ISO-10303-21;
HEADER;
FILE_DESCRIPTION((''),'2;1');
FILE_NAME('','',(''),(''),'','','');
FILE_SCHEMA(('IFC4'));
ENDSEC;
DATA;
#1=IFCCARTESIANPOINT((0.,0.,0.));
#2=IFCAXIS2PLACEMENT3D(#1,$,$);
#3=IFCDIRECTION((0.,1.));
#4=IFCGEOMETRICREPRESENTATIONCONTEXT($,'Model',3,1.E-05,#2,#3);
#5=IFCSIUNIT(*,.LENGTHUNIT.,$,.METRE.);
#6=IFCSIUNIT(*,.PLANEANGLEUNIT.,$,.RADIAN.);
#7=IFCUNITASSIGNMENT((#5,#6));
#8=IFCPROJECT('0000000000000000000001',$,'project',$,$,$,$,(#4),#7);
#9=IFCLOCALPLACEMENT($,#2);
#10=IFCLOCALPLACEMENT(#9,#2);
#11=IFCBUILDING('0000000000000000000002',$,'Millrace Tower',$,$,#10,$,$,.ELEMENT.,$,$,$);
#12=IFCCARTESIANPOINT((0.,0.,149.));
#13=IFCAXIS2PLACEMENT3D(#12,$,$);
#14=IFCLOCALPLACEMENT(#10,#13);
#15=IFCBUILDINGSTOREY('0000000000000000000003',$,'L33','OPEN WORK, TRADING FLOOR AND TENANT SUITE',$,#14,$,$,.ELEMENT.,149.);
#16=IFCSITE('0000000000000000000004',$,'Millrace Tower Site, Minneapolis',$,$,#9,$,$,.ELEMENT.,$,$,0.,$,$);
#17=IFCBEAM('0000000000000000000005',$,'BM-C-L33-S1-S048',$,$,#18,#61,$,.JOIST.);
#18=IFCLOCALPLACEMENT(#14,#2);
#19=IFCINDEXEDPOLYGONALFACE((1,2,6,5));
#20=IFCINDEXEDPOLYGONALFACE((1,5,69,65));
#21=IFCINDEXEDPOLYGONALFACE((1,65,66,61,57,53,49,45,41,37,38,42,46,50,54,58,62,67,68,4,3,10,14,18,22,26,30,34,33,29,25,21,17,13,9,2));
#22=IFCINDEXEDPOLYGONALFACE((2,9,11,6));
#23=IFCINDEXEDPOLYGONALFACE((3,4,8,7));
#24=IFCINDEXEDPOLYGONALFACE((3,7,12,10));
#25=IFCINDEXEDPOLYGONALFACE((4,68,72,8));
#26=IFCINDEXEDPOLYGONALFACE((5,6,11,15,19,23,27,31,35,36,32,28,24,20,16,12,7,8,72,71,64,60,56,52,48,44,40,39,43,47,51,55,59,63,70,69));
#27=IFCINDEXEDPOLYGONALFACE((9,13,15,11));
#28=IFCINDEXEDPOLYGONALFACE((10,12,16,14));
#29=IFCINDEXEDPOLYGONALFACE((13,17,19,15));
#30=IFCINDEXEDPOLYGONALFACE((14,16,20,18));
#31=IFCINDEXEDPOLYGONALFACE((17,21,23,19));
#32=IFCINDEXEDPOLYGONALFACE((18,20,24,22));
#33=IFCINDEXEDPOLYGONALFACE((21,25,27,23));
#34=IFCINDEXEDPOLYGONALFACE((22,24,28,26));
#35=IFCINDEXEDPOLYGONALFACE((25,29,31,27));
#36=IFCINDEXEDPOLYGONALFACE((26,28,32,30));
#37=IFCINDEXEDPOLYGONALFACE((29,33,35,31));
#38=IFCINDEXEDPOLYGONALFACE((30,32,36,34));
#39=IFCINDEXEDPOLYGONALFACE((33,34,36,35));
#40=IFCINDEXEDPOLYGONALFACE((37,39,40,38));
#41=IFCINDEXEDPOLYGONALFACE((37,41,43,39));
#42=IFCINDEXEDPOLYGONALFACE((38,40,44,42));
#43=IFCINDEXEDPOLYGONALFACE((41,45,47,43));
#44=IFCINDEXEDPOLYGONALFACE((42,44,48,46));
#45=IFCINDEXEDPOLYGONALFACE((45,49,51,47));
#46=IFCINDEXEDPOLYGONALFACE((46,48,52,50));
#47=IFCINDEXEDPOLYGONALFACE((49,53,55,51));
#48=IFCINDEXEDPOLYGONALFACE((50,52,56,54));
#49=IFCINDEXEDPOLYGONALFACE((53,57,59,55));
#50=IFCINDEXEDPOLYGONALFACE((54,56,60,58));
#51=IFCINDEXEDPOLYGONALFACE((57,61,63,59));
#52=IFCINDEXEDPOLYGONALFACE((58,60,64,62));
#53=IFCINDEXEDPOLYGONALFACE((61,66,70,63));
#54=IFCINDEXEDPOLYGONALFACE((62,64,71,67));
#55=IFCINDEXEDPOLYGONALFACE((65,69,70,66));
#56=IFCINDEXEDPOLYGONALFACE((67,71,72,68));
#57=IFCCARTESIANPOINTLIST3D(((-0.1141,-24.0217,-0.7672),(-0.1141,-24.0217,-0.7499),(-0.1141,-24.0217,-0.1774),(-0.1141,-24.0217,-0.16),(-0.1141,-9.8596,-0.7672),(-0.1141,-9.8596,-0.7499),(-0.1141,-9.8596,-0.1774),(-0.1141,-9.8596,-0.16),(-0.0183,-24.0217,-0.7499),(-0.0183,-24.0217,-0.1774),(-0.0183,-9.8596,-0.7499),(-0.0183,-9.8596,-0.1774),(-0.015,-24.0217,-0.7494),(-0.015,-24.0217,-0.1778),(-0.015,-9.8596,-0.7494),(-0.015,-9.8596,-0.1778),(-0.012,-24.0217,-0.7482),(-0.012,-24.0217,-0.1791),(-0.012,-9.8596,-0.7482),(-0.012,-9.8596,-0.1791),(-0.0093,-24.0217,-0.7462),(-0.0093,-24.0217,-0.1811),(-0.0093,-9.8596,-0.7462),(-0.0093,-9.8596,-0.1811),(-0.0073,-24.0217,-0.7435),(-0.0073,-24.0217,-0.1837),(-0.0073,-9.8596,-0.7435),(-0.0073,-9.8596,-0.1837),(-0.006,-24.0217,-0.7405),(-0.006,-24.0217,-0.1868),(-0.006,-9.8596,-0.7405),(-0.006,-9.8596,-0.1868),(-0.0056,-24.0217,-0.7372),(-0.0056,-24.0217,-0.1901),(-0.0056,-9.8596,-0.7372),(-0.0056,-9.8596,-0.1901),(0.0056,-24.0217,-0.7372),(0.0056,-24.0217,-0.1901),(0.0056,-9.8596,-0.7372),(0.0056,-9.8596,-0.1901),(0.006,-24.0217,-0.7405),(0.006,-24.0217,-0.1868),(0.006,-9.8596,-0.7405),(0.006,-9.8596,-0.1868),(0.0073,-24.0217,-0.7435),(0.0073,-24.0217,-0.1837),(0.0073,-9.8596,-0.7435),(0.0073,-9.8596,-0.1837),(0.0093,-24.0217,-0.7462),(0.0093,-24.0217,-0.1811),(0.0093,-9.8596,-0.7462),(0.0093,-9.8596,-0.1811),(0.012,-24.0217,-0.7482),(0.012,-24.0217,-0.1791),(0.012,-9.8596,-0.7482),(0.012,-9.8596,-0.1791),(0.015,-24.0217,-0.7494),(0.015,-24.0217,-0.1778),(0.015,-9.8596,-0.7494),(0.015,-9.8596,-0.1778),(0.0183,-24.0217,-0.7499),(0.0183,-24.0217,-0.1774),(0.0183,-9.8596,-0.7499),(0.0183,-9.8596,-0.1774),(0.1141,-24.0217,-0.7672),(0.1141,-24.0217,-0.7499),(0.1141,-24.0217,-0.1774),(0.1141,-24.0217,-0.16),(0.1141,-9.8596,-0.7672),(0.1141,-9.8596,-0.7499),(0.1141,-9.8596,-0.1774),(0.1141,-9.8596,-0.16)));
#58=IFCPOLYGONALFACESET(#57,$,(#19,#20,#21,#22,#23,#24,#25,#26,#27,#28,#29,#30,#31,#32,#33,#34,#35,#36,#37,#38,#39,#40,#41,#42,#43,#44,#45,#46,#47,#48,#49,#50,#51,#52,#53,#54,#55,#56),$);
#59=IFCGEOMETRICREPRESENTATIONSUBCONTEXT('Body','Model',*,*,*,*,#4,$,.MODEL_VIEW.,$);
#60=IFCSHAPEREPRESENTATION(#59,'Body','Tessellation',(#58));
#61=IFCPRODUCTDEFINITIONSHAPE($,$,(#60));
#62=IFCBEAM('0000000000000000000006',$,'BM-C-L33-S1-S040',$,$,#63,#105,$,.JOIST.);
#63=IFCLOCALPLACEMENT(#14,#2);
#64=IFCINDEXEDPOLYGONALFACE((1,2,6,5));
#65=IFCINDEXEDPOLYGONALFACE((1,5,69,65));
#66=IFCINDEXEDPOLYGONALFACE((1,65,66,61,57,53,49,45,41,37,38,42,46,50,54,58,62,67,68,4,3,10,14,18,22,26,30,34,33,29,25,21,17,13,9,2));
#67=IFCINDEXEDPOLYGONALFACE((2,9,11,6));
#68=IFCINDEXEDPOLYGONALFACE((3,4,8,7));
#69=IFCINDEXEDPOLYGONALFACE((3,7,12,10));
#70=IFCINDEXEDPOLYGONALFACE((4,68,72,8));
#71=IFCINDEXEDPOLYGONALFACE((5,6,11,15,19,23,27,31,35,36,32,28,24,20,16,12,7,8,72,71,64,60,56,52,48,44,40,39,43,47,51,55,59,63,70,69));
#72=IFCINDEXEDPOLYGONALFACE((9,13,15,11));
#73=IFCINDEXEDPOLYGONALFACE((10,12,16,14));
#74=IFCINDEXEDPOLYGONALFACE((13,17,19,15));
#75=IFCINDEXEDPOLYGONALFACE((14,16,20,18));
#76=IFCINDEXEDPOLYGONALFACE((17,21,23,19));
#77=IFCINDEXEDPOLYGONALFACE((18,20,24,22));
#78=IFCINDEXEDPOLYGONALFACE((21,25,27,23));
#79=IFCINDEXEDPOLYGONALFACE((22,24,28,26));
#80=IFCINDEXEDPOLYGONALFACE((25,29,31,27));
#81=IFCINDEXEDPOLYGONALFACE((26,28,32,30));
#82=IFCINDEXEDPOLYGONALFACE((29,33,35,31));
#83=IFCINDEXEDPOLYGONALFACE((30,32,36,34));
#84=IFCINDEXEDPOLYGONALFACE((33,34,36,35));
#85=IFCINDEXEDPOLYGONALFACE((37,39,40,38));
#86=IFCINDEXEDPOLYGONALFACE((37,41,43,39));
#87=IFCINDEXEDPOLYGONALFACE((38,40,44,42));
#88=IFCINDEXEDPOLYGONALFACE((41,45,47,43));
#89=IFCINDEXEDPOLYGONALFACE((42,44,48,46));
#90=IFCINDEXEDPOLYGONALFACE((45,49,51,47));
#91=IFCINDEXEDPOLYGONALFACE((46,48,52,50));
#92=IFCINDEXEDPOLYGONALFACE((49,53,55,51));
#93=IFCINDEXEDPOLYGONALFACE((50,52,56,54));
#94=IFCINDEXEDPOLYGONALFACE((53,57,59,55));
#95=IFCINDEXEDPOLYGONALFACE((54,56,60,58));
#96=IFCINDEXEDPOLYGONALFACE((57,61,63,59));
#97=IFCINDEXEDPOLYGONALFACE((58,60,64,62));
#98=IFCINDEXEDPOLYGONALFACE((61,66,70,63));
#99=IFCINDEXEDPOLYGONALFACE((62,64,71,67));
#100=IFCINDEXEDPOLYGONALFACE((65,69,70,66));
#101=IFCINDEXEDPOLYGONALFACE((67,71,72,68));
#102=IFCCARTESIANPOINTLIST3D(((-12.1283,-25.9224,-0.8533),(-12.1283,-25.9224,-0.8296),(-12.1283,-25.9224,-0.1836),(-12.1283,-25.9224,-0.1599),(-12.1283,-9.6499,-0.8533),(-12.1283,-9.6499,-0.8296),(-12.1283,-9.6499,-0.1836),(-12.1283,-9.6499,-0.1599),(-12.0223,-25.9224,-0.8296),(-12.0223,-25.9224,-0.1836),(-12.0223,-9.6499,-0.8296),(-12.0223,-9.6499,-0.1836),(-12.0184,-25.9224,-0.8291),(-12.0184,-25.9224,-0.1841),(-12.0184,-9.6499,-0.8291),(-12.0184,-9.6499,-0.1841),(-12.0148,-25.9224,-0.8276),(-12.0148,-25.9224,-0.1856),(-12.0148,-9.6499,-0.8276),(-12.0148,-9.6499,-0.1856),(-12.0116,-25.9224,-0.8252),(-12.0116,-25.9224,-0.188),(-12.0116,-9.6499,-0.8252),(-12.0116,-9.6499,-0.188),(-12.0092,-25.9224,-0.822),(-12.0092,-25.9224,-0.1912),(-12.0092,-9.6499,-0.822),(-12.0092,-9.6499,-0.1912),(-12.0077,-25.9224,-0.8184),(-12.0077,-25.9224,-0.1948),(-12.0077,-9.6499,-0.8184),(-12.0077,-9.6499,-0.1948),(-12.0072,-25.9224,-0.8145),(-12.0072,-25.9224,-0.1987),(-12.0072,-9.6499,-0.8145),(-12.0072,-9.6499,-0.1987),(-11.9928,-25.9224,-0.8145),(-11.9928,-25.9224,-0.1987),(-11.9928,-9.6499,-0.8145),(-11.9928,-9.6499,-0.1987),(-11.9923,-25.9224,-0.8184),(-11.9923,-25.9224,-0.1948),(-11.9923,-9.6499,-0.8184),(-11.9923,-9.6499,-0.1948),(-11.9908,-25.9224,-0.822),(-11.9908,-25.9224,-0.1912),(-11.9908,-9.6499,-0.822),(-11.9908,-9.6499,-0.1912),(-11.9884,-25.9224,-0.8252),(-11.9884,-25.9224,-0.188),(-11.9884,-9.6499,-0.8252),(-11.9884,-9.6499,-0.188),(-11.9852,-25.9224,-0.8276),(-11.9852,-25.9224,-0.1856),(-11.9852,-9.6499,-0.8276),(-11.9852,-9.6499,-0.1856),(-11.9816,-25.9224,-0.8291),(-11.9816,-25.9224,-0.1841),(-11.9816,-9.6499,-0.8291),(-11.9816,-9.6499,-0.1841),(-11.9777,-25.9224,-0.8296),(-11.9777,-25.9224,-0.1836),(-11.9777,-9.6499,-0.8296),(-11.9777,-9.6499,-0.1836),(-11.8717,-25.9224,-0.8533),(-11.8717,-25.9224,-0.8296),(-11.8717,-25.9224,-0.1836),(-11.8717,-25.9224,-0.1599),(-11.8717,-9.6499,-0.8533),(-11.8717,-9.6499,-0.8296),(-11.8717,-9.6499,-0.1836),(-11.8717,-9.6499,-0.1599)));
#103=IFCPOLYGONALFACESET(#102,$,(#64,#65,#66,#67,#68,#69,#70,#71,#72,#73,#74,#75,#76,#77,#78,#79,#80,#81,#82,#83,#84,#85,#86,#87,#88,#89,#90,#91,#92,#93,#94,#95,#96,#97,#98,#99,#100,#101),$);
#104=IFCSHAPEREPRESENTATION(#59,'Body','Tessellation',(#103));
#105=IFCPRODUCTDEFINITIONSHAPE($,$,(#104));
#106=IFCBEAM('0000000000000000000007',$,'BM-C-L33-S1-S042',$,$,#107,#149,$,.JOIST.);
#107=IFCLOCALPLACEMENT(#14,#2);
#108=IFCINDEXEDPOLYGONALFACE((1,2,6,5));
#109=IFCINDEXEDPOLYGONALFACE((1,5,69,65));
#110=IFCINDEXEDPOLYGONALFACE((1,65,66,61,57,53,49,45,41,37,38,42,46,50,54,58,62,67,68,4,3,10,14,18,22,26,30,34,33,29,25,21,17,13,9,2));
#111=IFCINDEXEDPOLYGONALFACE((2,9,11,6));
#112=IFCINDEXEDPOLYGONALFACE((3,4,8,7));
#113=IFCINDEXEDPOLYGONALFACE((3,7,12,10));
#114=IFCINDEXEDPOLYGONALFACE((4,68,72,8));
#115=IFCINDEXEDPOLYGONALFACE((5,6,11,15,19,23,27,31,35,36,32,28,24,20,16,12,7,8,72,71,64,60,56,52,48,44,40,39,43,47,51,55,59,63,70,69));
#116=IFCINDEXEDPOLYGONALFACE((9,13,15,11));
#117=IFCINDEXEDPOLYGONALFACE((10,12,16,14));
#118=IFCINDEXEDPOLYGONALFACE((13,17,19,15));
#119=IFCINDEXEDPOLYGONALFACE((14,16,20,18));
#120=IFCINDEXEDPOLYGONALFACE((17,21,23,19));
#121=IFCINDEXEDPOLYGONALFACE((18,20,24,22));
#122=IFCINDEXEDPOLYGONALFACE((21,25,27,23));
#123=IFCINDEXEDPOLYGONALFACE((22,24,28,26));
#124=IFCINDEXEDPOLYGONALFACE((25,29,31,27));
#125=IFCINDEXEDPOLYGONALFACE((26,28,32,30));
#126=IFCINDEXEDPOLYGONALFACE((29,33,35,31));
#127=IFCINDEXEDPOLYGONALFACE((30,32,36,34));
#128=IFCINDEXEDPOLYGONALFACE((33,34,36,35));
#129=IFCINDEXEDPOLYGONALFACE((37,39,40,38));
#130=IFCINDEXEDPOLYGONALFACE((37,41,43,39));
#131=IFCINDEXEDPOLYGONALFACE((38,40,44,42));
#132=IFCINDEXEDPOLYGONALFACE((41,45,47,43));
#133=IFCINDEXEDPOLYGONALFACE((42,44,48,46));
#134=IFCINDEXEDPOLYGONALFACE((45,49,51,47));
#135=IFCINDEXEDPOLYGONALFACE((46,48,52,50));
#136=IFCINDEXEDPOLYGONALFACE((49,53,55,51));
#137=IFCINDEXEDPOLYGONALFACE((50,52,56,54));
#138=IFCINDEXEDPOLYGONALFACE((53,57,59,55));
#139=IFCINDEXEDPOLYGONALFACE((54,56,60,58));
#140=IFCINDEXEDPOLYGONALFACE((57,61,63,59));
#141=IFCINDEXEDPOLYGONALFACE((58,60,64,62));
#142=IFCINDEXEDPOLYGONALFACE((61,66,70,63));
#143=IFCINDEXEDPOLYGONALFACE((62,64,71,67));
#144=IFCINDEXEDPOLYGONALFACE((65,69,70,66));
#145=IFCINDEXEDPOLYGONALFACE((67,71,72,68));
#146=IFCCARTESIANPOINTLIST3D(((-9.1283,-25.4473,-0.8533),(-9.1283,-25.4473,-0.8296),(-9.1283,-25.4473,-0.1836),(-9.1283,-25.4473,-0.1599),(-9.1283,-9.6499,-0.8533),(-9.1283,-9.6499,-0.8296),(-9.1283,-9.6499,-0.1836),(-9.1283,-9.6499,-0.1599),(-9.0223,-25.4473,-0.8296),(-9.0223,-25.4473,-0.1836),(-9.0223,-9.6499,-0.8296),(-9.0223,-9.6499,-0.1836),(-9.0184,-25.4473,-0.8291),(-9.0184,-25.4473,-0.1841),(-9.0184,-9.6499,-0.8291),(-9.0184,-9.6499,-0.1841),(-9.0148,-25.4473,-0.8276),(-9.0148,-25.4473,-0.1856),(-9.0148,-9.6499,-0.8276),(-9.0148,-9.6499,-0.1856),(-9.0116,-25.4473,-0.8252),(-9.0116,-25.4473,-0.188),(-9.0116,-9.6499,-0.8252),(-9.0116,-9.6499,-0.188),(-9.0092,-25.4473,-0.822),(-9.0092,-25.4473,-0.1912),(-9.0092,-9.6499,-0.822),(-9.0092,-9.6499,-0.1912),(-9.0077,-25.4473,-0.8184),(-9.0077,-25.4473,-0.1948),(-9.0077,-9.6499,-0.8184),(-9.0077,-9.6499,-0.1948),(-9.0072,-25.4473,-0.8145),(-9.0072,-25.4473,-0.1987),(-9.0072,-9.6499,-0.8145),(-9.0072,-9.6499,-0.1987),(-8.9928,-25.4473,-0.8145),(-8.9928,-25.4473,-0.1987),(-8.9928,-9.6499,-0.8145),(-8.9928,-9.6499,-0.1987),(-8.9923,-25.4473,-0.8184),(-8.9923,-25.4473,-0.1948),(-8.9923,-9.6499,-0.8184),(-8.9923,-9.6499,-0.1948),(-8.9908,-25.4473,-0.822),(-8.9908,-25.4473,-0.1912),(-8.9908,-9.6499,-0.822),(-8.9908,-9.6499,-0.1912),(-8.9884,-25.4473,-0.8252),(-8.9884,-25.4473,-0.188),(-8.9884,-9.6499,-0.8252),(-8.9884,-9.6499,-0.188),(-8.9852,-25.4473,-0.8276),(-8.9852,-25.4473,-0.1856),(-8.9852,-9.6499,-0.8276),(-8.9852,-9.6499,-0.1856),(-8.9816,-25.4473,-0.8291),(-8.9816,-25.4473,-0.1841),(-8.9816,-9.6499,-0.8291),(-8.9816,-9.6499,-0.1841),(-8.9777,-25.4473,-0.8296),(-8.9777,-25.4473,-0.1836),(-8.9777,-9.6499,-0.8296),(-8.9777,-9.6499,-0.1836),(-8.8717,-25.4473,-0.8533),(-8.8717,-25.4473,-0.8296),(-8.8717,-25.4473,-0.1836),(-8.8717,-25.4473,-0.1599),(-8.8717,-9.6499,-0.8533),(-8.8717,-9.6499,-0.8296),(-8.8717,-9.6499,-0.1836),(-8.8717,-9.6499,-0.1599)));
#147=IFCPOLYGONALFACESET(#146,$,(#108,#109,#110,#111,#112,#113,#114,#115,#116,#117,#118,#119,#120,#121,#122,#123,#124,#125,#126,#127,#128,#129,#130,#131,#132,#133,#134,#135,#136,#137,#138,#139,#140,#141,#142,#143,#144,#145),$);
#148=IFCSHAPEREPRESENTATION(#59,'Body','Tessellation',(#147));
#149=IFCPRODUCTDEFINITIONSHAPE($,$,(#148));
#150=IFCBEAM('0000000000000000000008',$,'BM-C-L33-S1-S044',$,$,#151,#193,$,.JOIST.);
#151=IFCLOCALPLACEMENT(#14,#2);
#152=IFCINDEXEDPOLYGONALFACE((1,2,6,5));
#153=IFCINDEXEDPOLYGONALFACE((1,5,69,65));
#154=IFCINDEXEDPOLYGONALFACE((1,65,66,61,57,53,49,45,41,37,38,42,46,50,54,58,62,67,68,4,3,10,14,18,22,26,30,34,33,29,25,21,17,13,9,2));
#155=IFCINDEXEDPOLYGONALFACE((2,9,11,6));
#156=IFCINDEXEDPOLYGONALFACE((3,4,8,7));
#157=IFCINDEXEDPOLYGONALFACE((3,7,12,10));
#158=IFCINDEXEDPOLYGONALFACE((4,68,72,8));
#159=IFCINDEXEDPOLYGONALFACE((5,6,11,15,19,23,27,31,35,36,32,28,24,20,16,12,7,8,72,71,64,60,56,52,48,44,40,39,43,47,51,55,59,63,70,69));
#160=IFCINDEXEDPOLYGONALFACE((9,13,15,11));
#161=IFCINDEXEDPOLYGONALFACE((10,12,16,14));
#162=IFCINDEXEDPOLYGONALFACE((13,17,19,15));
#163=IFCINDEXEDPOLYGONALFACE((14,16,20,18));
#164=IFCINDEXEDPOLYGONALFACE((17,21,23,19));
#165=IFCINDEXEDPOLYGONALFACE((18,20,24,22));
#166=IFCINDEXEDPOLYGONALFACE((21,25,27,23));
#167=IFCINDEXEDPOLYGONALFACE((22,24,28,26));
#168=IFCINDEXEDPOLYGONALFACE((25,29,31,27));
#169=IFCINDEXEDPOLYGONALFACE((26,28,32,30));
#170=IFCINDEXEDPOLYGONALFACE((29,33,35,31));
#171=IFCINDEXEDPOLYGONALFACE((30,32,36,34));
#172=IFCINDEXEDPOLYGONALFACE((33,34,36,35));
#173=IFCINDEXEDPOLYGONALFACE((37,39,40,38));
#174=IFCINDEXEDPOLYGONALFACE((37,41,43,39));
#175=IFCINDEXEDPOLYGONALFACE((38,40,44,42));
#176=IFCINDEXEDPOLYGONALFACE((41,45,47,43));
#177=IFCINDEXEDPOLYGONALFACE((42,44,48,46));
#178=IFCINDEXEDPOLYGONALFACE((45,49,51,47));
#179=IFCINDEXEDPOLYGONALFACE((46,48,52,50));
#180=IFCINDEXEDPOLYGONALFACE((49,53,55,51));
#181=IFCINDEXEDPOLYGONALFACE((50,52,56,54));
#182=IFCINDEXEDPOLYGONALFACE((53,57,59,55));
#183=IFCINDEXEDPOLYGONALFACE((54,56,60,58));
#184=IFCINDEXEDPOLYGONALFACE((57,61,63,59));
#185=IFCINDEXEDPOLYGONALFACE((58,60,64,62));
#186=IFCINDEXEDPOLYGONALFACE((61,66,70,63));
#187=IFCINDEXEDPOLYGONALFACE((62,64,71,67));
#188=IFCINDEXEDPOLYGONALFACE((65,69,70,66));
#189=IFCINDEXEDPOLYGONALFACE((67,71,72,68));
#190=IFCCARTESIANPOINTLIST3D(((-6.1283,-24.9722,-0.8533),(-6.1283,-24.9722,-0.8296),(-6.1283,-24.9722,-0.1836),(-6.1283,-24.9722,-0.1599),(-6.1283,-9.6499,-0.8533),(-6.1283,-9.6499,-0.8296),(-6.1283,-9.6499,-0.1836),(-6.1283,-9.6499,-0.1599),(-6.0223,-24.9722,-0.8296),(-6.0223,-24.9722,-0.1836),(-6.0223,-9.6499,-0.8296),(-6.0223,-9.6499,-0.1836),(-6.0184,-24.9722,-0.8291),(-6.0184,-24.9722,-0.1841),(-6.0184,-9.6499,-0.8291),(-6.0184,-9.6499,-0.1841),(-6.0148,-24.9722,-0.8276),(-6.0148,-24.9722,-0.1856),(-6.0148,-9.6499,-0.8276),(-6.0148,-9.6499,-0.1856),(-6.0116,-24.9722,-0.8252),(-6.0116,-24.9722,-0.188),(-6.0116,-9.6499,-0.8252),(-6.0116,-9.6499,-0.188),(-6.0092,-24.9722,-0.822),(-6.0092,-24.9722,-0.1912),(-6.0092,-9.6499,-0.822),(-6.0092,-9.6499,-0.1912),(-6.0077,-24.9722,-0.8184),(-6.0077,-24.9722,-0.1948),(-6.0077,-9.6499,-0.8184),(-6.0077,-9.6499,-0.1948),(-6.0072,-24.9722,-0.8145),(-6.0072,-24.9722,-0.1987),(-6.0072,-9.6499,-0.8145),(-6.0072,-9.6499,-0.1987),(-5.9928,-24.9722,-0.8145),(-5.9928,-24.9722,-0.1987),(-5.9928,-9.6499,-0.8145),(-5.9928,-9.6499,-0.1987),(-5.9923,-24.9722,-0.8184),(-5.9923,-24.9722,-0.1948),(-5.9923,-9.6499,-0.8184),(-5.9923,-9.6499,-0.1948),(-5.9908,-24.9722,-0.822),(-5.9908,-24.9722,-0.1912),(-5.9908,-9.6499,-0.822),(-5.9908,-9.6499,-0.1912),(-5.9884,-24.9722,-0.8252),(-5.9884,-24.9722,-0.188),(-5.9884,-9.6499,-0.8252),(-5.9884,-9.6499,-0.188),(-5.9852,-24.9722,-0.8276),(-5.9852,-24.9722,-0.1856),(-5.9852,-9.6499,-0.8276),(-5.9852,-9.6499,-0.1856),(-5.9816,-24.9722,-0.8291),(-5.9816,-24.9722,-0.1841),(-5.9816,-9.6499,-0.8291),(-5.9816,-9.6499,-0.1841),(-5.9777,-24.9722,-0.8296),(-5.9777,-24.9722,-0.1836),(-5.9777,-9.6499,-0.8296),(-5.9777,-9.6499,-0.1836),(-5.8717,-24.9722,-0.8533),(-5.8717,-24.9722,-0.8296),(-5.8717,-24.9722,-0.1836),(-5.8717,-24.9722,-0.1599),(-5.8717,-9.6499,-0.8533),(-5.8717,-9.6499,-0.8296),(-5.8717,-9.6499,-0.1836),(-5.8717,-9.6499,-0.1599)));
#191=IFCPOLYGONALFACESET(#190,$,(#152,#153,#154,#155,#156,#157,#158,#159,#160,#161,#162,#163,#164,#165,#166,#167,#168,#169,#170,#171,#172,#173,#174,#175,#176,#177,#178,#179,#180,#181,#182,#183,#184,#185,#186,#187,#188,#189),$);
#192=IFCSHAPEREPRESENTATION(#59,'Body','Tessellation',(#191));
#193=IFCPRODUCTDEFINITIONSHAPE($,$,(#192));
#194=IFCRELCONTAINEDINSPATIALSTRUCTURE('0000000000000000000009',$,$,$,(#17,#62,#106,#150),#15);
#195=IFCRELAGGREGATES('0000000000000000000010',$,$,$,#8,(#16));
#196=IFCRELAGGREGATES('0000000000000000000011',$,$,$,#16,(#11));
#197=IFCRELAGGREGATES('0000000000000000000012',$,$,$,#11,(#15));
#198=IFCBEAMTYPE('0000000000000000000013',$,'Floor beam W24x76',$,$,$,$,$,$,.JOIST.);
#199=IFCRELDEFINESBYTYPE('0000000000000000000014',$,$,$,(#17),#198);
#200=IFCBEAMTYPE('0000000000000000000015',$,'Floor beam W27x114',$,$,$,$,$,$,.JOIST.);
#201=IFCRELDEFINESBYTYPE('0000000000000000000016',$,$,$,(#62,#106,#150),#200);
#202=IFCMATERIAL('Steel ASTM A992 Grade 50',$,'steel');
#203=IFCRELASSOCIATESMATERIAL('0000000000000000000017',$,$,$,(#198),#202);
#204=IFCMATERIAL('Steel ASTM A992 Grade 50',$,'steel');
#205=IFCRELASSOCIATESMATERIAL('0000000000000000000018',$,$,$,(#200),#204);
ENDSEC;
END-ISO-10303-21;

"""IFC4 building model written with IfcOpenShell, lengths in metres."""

from ifc_helpers import new_model, si_unit, direction, frame, origin, origin_2d, place, context, subcontext, project, spatial, i_section, extrude, material, material_profile, profile_set, type_object, element, save


model = new_model("IFC4")

# Units and contexts
model_context = context("Model", 3, precision=1e-05, world=origin(), true_north=direction((0.0, 1.0)))
body_context = subcontext(model_context, "Body", "Model", "MODEL_VIEW")
ifc_project = project(units=[si_unit("LENGTHUNIT", "METRE"), si_unit("PLANEANGLEUNIT", "RADIAN")], contexts=[model_context])

# Site, building, storey
site_placement = place(None, origin())
site = spatial("IfcSite", under=ifc_project, at=site_placement, Name="Millrace Tower Site, Minneapolis", CompositionType="ELEMENT", RefElevation=0.0)
building_placement = place(site_placement, origin())
building = spatial("IfcBuilding", under=site, at=building_placement, Name="Millrace Tower", CompositionType="ELEMENT")
storey_placement = place(building_placement, frame((0.0, 0.0, 149.0)))
storey = spatial("IfcBuildingStorey", under=building, at=storey_placement, Name="L33", Description="OPEN WORK, TRADING FLOOR AND TENANT SUITE", CompositionType="ELEMENT", Elevation=149.0)

# Beams
ifc_material_1 = material(Name="Steel ASTM A992 Grade 50", Category="steel")
ifc_material_profile_1 = material_profile(ifc_material_1, i_section(OverallWidth=0.2283, OverallDepth=0.6072, WebThickness=0.0112, FlangeThickness=0.0173, FilletRadius=0.0127, at=origin_2d()))
ifc_profile_set_1 = profile_set([ifc_material_profile_1], Name="Steel ASTM A992 Grade 50")
beam_type_1 = type_object("IfcBeamType", Name="Floor beam W24x76", PredefinedType="JOIST", material=ifc_profile_set_1)
beam_1_placement = place(storey_placement, frame((0.0, -24.0217, -0.4636), z_axis=(0.0, 1.0, 0.0), x_axis=(-1.0, 0.0, 0.0)))
element("IfcBeam", 1, at=beam_1_placement, inside=storey, type_object=beam_type_1, Name="BM-C-L33-S1-S048", PredefinedType="JOIST", context=body_context, shape_type="SweptSolid", body=[
    extrude(i_section(OverallWidth=0.2283, OverallDepth=0.6072, WebThickness=0.0112, FlangeThickness=0.0173, FilletRadius=0.0127, at=origin_2d()), origin(), (0.0, 0.0, 1.0), 14.1621),
])
ifc_material_2 = material(Name="Steel ASTM A992 Grade 50", Category="steel")
ifc_material_profile_2 = material_profile(ifc_material_2, i_section(OverallWidth=0.2566, OverallDepth=0.6934, WebThickness=0.0144, FlangeThickness=0.0237, FilletRadius=0.0151, at=origin_2d()))
ifc_profile_set_2 = profile_set([ifc_material_profile_2], Name="Steel ASTM A992 Grade 50")
beam_type_2 = type_object("IfcBeamType", Name="Floor beam W27x114", PredefinedType="JOIST", material=ifc_profile_set_2)
beam_2_placement = place(storey_placement, frame((-12.0, -25.9224, -0.5066), z_axis=(0.0, 1.0, 0.0), x_axis=(-1.0, 0.0, 0.0)))
element("IfcBeam", 2, at=beam_2_placement, inside=storey, type_object=beam_type_2, Name="BM-C-L33-S1-S040", PredefinedType="JOIST", context=body_context, shape_type="SweptSolid", body=[
    extrude(i_section(OverallWidth=0.2566, OverallDepth=0.6934, WebThickness=0.0144, FlangeThickness=0.0237, FilletRadius=0.0151, at=origin_2d()), origin(), (0.0, 0.0, 1.0), 16.2725),
])
beam_3_placement = place(storey_placement, frame((-9.0, -25.4473, -0.5066), z_axis=(0.0, 1.0, 0.0), x_axis=(-1.0, 0.0, 0.0)))
element("IfcBeam", 3, at=beam_3_placement, inside=storey, type_object=beam_type_2, Name="BM-C-L33-S1-S042", PredefinedType="JOIST", context=body_context, shape_type="SweptSolid", body=[
    extrude(i_section(OverallWidth=0.2566, OverallDepth=0.6934, WebThickness=0.0144, FlangeThickness=0.0237, FilletRadius=0.0151, at=origin_2d()), origin(), (0.0, 0.0, 1.0), 15.7974),
])
beam_4_placement = place(storey_placement, frame((-6.0, -24.9722, -0.5066), z_axis=(0.0, 1.0, 0.0), x_axis=(-1.0, 0.0, 0.0)))
element("IfcBeam", 4, at=beam_4_placement, inside=storey, type_object=beam_type_2, Name="BM-C-L33-S1-S044", PredefinedType="JOIST", context=body_context, shape_type="SweptSolid", body=[
    extrude(i_section(OverallWidth=0.2566, OverallDepth=0.6934, WebThickness=0.0144, FlangeThickness=0.0237, FilletRadius=0.0151, at=origin_2d()), origin(), (0.0, 0.0, 1.0), 15.3223),
])

save(model, "model.ifc")
